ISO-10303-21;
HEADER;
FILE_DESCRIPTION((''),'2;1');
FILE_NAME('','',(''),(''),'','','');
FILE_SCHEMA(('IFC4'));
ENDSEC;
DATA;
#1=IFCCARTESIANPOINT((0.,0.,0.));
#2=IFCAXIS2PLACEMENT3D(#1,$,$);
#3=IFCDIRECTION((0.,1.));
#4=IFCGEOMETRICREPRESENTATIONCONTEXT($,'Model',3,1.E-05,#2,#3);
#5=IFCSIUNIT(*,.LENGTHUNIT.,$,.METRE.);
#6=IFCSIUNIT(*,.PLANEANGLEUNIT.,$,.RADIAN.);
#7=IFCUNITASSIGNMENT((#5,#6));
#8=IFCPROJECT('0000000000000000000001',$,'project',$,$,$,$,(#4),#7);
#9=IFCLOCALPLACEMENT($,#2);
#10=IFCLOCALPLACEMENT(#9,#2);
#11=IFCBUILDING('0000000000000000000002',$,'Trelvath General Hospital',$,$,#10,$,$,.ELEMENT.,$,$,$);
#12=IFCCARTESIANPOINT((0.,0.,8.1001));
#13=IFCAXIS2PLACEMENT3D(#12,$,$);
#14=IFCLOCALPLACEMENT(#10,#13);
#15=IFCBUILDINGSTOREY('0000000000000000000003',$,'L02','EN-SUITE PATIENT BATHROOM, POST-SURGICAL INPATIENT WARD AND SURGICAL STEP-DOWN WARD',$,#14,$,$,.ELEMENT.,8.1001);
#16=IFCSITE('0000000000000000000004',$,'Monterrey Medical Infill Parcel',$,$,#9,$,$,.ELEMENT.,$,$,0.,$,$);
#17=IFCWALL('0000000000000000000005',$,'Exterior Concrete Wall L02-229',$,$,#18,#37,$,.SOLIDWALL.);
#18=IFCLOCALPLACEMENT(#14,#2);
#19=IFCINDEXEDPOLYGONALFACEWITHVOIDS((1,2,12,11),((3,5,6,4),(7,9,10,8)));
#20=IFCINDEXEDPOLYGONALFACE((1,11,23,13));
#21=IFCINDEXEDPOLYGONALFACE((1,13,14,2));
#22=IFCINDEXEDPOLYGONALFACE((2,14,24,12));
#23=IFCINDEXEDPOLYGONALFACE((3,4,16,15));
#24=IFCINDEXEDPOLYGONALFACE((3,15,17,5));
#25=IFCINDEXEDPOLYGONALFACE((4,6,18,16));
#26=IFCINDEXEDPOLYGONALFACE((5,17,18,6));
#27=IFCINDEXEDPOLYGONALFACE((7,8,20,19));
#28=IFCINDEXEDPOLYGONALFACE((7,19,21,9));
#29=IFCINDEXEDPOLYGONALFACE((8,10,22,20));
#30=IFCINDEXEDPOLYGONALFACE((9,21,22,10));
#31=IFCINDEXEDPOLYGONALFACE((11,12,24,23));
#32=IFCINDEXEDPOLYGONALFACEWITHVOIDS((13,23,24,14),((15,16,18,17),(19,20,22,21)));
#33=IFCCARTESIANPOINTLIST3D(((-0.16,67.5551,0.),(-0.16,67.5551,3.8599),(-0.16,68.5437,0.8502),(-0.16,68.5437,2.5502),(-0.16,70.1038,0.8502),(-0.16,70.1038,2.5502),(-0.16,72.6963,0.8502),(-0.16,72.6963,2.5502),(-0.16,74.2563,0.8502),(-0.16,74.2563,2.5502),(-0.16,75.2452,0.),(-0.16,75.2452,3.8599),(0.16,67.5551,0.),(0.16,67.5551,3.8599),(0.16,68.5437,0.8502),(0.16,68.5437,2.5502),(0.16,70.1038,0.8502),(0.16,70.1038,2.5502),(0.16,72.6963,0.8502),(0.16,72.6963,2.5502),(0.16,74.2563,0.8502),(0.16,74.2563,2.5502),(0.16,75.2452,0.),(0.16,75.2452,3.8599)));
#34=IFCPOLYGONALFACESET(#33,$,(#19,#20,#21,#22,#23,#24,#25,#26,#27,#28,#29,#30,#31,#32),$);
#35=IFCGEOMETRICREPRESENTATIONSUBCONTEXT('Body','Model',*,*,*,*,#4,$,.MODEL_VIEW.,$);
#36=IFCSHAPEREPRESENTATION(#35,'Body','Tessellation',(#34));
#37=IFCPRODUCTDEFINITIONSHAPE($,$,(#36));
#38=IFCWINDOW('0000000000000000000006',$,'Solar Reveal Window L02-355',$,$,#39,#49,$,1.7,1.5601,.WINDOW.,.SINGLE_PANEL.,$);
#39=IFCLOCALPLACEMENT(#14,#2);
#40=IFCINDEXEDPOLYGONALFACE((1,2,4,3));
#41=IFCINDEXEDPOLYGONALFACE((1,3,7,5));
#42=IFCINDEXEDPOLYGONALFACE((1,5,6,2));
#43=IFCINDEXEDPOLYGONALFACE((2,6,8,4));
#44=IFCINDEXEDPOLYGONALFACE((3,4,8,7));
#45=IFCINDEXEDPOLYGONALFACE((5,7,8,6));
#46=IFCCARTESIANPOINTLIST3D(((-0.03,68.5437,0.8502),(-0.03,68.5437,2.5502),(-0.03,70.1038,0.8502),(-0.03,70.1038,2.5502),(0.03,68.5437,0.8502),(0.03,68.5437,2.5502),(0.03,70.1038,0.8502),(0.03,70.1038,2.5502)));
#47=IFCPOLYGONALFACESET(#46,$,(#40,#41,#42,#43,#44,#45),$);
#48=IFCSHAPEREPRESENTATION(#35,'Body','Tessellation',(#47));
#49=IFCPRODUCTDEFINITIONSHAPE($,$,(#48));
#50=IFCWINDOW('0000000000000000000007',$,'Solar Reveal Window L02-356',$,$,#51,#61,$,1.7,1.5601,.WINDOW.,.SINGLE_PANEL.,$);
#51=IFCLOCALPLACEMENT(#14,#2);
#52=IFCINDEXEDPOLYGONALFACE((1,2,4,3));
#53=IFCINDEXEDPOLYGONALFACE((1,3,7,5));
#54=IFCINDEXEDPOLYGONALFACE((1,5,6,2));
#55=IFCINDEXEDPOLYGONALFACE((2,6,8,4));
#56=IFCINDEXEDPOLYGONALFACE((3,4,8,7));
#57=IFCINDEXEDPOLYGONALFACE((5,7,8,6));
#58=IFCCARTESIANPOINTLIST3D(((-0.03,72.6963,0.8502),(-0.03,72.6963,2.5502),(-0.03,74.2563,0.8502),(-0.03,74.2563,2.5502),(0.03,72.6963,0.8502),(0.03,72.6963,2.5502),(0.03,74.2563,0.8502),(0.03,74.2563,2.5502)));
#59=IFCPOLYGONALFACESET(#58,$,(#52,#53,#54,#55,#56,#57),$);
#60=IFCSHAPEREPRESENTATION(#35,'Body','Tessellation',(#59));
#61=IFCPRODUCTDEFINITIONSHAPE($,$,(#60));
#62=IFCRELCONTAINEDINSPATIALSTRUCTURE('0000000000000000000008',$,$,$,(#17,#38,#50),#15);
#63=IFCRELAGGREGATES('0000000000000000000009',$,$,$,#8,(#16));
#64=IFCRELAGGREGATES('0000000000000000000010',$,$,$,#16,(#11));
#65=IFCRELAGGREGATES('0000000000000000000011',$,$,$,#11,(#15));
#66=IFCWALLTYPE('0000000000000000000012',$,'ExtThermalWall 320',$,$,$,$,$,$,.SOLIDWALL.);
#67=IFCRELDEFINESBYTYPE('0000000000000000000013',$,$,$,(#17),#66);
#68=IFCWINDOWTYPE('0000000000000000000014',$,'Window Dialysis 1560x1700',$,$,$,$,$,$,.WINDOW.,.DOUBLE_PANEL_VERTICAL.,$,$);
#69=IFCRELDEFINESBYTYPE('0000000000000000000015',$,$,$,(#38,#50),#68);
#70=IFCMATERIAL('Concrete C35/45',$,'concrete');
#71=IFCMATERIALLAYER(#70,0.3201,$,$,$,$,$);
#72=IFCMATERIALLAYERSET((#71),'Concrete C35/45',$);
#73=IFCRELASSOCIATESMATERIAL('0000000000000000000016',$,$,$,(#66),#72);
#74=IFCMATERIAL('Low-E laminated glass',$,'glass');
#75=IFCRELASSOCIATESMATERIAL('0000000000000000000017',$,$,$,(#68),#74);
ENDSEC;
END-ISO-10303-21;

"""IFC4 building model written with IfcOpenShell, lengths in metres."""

from ifc_helpers import new_model, si_unit, direction, frame, frame_2d, origin, place, context, subcontext, project, spatial, rectangle, extrude, material, layer, layer_set, type_object, element, fill, save


model = new_model("IFC4")

# Units and contexts
model_context = context("Model", 3, precision=1e-05, world=origin(), true_north=direction((0.0, 1.0)))
body_context = subcontext(model_context, "Body", "Model", "MODEL_VIEW")
ifc_project = project(units=[si_unit("LENGTHUNIT", "METRE"), si_unit("PLANEANGLEUNIT", "RADIAN")], contexts=[model_context])

# Site, building, storey
site_placement = place(None, origin())
site = spatial("IfcSite", under=ifc_project, at=site_placement, Name="Monterrey Medical Infill Parcel", CompositionType="ELEMENT", RefElevation=0.0)
building_placement = place(site_placement, origin())
building = spatial("IfcBuilding", under=site, at=building_placement, Name="Trelvath General Hospital", CompositionType="ELEMENT")
storey_placement = place(building_placement, frame((0.0, 0.0, 8.1001)))
storey = spatial("IfcBuildingStorey", under=building, at=storey_placement, Name="L02", Description="EN-SUITE PATIENT BATHROOM, POST-SURGICAL INPATIENT WARD AND SURGICAL STEP-DOWN WARD", CompositionType="ELEMENT", Elevation=8.1001)

# Wall, openings, windows
ifc_material_1 = material(Name="Concrete C35/45", Category="concrete")
ifc_layer_1 = layer(ifc_material_1, 0.3201)
ifc_layer_set_1 = layer_set([ifc_layer_1], Name="Concrete C35/45")
wall_type_1 = type_object("IfcWallType", Name="ExtThermalWall 320", PredefinedType="SOLIDWALL", material=ifc_layer_set_1)
wall_1_placement = place(storey_placement, frame((0.0, 67.5549, 0.0), z_axis=(0.0, 0.0, 1.0), x_axis=(0.0, 1.0, 0.0)))
wall_1 = element("IfcWall", 1, at=wall_1_placement, inside=storey, type_object=wall_type_1, Name="Exterior Concrete Wall L02-229", PredefinedType="SOLIDWALL", context=body_context, shape_type="SweptSolid", body=[
    extrude(rectangle(XDim=7.6902, YDim=0.3201, at=frame_2d((3.8452, 0.0))), origin(), (0.0, 0.0, 1.0), 3.8599),
])
opening_1_placement = place(wall_1_placement, frame((0.9888, 0.0, 0.8501)))
opening_1 = element("IfcOpeningElement", 2, at=opening_1_placement, cuts=wall_1, PredefinedType="OPENING", context=body_context, shape_type="SweptSolid", body=[
    extrude(rectangle(XDim=1.5601, YDim=1.7, at=frame_2d((0.78, 0.8501))), frame((0.0, 0.1699, 0.0), z_axis=(0.0, -1.0, 0.0), x_axis=(1.0, 0.0, 0.0)), (0.0, 0.0, 1.0), 0.3401),
])
opening_2_placement = place(wall_1_placement, frame((5.1414, 0.0, 0.8501)))
opening_2 = element("IfcOpeningElement", 3, at=opening_2_placement, cuts=wall_1, PredefinedType="OPENING", context=body_context, shape_type="SweptSolid", body=[
    extrude(rectangle(XDim=1.5601, YDim=1.7, at=frame_2d((0.78, 0.8501))), frame((0.0, 0.1699, 0.0), z_axis=(0.0, -1.0, 0.0), x_axis=(1.0, 0.0, 0.0)), (0.0, 0.0, 1.0), 0.3401),
])
ifc_material_2 = material(Name="Low-E laminated glass", Category="glass")
window_type = type_object("IfcWindowType", Name="Window Dialysis 1560x1700", PartitioningType="DOUBLE_PANEL_VERTICAL", PredefinedType="WINDOW", material=ifc_material_2)
window_1_placement = place(opening_1_placement, origin())
window_1 = element("IfcWindow", 4, at=window_1_placement, inside=storey, type_object=window_type, Name="Solar Reveal Window L02-355", OverallHeight=1.7, OverallWidth=1.5601, PartitioningType="SINGLE_PANEL", PredefinedType="WINDOW", context=body_context, shape_type="SweptSolid", body=[
    extrude(rectangle(XDim=1.5601, YDim=1.7, at=frame_2d((0.78, 0.8501))), frame((0.0, 0.03, 0.0), z_axis=(0.0, -1.0, 0.0), x_axis=(1.0, 0.0, 0.0)), (0.0, 0.0, 1.0), 0.0601),
])
fill(opening_1, window_1)
window_2_placement = place(opening_2_placement, origin())
window_2 = element("IfcWindow", 5, at=window_2_placement, inside=storey, type_object=window_type, Name="Solar Reveal Window L02-356", OverallHeight=1.7, OverallWidth=1.5601, PartitioningType="SINGLE_PANEL", PredefinedType="WINDOW", context=body_context, shape_type="SweptSolid", body=[
    extrude(rectangle(XDim=1.5601, YDim=1.7, at=frame_2d((0.78, 0.8501))), frame((0.0, 0.03, 0.0), z_axis=(0.0, -1.0, 0.0), x_axis=(1.0, 0.0, 0.0)), (0.0, 0.0, 1.0), 0.0601),
])
fill(opening_2, window_2)

save(model, "model.ifc")
